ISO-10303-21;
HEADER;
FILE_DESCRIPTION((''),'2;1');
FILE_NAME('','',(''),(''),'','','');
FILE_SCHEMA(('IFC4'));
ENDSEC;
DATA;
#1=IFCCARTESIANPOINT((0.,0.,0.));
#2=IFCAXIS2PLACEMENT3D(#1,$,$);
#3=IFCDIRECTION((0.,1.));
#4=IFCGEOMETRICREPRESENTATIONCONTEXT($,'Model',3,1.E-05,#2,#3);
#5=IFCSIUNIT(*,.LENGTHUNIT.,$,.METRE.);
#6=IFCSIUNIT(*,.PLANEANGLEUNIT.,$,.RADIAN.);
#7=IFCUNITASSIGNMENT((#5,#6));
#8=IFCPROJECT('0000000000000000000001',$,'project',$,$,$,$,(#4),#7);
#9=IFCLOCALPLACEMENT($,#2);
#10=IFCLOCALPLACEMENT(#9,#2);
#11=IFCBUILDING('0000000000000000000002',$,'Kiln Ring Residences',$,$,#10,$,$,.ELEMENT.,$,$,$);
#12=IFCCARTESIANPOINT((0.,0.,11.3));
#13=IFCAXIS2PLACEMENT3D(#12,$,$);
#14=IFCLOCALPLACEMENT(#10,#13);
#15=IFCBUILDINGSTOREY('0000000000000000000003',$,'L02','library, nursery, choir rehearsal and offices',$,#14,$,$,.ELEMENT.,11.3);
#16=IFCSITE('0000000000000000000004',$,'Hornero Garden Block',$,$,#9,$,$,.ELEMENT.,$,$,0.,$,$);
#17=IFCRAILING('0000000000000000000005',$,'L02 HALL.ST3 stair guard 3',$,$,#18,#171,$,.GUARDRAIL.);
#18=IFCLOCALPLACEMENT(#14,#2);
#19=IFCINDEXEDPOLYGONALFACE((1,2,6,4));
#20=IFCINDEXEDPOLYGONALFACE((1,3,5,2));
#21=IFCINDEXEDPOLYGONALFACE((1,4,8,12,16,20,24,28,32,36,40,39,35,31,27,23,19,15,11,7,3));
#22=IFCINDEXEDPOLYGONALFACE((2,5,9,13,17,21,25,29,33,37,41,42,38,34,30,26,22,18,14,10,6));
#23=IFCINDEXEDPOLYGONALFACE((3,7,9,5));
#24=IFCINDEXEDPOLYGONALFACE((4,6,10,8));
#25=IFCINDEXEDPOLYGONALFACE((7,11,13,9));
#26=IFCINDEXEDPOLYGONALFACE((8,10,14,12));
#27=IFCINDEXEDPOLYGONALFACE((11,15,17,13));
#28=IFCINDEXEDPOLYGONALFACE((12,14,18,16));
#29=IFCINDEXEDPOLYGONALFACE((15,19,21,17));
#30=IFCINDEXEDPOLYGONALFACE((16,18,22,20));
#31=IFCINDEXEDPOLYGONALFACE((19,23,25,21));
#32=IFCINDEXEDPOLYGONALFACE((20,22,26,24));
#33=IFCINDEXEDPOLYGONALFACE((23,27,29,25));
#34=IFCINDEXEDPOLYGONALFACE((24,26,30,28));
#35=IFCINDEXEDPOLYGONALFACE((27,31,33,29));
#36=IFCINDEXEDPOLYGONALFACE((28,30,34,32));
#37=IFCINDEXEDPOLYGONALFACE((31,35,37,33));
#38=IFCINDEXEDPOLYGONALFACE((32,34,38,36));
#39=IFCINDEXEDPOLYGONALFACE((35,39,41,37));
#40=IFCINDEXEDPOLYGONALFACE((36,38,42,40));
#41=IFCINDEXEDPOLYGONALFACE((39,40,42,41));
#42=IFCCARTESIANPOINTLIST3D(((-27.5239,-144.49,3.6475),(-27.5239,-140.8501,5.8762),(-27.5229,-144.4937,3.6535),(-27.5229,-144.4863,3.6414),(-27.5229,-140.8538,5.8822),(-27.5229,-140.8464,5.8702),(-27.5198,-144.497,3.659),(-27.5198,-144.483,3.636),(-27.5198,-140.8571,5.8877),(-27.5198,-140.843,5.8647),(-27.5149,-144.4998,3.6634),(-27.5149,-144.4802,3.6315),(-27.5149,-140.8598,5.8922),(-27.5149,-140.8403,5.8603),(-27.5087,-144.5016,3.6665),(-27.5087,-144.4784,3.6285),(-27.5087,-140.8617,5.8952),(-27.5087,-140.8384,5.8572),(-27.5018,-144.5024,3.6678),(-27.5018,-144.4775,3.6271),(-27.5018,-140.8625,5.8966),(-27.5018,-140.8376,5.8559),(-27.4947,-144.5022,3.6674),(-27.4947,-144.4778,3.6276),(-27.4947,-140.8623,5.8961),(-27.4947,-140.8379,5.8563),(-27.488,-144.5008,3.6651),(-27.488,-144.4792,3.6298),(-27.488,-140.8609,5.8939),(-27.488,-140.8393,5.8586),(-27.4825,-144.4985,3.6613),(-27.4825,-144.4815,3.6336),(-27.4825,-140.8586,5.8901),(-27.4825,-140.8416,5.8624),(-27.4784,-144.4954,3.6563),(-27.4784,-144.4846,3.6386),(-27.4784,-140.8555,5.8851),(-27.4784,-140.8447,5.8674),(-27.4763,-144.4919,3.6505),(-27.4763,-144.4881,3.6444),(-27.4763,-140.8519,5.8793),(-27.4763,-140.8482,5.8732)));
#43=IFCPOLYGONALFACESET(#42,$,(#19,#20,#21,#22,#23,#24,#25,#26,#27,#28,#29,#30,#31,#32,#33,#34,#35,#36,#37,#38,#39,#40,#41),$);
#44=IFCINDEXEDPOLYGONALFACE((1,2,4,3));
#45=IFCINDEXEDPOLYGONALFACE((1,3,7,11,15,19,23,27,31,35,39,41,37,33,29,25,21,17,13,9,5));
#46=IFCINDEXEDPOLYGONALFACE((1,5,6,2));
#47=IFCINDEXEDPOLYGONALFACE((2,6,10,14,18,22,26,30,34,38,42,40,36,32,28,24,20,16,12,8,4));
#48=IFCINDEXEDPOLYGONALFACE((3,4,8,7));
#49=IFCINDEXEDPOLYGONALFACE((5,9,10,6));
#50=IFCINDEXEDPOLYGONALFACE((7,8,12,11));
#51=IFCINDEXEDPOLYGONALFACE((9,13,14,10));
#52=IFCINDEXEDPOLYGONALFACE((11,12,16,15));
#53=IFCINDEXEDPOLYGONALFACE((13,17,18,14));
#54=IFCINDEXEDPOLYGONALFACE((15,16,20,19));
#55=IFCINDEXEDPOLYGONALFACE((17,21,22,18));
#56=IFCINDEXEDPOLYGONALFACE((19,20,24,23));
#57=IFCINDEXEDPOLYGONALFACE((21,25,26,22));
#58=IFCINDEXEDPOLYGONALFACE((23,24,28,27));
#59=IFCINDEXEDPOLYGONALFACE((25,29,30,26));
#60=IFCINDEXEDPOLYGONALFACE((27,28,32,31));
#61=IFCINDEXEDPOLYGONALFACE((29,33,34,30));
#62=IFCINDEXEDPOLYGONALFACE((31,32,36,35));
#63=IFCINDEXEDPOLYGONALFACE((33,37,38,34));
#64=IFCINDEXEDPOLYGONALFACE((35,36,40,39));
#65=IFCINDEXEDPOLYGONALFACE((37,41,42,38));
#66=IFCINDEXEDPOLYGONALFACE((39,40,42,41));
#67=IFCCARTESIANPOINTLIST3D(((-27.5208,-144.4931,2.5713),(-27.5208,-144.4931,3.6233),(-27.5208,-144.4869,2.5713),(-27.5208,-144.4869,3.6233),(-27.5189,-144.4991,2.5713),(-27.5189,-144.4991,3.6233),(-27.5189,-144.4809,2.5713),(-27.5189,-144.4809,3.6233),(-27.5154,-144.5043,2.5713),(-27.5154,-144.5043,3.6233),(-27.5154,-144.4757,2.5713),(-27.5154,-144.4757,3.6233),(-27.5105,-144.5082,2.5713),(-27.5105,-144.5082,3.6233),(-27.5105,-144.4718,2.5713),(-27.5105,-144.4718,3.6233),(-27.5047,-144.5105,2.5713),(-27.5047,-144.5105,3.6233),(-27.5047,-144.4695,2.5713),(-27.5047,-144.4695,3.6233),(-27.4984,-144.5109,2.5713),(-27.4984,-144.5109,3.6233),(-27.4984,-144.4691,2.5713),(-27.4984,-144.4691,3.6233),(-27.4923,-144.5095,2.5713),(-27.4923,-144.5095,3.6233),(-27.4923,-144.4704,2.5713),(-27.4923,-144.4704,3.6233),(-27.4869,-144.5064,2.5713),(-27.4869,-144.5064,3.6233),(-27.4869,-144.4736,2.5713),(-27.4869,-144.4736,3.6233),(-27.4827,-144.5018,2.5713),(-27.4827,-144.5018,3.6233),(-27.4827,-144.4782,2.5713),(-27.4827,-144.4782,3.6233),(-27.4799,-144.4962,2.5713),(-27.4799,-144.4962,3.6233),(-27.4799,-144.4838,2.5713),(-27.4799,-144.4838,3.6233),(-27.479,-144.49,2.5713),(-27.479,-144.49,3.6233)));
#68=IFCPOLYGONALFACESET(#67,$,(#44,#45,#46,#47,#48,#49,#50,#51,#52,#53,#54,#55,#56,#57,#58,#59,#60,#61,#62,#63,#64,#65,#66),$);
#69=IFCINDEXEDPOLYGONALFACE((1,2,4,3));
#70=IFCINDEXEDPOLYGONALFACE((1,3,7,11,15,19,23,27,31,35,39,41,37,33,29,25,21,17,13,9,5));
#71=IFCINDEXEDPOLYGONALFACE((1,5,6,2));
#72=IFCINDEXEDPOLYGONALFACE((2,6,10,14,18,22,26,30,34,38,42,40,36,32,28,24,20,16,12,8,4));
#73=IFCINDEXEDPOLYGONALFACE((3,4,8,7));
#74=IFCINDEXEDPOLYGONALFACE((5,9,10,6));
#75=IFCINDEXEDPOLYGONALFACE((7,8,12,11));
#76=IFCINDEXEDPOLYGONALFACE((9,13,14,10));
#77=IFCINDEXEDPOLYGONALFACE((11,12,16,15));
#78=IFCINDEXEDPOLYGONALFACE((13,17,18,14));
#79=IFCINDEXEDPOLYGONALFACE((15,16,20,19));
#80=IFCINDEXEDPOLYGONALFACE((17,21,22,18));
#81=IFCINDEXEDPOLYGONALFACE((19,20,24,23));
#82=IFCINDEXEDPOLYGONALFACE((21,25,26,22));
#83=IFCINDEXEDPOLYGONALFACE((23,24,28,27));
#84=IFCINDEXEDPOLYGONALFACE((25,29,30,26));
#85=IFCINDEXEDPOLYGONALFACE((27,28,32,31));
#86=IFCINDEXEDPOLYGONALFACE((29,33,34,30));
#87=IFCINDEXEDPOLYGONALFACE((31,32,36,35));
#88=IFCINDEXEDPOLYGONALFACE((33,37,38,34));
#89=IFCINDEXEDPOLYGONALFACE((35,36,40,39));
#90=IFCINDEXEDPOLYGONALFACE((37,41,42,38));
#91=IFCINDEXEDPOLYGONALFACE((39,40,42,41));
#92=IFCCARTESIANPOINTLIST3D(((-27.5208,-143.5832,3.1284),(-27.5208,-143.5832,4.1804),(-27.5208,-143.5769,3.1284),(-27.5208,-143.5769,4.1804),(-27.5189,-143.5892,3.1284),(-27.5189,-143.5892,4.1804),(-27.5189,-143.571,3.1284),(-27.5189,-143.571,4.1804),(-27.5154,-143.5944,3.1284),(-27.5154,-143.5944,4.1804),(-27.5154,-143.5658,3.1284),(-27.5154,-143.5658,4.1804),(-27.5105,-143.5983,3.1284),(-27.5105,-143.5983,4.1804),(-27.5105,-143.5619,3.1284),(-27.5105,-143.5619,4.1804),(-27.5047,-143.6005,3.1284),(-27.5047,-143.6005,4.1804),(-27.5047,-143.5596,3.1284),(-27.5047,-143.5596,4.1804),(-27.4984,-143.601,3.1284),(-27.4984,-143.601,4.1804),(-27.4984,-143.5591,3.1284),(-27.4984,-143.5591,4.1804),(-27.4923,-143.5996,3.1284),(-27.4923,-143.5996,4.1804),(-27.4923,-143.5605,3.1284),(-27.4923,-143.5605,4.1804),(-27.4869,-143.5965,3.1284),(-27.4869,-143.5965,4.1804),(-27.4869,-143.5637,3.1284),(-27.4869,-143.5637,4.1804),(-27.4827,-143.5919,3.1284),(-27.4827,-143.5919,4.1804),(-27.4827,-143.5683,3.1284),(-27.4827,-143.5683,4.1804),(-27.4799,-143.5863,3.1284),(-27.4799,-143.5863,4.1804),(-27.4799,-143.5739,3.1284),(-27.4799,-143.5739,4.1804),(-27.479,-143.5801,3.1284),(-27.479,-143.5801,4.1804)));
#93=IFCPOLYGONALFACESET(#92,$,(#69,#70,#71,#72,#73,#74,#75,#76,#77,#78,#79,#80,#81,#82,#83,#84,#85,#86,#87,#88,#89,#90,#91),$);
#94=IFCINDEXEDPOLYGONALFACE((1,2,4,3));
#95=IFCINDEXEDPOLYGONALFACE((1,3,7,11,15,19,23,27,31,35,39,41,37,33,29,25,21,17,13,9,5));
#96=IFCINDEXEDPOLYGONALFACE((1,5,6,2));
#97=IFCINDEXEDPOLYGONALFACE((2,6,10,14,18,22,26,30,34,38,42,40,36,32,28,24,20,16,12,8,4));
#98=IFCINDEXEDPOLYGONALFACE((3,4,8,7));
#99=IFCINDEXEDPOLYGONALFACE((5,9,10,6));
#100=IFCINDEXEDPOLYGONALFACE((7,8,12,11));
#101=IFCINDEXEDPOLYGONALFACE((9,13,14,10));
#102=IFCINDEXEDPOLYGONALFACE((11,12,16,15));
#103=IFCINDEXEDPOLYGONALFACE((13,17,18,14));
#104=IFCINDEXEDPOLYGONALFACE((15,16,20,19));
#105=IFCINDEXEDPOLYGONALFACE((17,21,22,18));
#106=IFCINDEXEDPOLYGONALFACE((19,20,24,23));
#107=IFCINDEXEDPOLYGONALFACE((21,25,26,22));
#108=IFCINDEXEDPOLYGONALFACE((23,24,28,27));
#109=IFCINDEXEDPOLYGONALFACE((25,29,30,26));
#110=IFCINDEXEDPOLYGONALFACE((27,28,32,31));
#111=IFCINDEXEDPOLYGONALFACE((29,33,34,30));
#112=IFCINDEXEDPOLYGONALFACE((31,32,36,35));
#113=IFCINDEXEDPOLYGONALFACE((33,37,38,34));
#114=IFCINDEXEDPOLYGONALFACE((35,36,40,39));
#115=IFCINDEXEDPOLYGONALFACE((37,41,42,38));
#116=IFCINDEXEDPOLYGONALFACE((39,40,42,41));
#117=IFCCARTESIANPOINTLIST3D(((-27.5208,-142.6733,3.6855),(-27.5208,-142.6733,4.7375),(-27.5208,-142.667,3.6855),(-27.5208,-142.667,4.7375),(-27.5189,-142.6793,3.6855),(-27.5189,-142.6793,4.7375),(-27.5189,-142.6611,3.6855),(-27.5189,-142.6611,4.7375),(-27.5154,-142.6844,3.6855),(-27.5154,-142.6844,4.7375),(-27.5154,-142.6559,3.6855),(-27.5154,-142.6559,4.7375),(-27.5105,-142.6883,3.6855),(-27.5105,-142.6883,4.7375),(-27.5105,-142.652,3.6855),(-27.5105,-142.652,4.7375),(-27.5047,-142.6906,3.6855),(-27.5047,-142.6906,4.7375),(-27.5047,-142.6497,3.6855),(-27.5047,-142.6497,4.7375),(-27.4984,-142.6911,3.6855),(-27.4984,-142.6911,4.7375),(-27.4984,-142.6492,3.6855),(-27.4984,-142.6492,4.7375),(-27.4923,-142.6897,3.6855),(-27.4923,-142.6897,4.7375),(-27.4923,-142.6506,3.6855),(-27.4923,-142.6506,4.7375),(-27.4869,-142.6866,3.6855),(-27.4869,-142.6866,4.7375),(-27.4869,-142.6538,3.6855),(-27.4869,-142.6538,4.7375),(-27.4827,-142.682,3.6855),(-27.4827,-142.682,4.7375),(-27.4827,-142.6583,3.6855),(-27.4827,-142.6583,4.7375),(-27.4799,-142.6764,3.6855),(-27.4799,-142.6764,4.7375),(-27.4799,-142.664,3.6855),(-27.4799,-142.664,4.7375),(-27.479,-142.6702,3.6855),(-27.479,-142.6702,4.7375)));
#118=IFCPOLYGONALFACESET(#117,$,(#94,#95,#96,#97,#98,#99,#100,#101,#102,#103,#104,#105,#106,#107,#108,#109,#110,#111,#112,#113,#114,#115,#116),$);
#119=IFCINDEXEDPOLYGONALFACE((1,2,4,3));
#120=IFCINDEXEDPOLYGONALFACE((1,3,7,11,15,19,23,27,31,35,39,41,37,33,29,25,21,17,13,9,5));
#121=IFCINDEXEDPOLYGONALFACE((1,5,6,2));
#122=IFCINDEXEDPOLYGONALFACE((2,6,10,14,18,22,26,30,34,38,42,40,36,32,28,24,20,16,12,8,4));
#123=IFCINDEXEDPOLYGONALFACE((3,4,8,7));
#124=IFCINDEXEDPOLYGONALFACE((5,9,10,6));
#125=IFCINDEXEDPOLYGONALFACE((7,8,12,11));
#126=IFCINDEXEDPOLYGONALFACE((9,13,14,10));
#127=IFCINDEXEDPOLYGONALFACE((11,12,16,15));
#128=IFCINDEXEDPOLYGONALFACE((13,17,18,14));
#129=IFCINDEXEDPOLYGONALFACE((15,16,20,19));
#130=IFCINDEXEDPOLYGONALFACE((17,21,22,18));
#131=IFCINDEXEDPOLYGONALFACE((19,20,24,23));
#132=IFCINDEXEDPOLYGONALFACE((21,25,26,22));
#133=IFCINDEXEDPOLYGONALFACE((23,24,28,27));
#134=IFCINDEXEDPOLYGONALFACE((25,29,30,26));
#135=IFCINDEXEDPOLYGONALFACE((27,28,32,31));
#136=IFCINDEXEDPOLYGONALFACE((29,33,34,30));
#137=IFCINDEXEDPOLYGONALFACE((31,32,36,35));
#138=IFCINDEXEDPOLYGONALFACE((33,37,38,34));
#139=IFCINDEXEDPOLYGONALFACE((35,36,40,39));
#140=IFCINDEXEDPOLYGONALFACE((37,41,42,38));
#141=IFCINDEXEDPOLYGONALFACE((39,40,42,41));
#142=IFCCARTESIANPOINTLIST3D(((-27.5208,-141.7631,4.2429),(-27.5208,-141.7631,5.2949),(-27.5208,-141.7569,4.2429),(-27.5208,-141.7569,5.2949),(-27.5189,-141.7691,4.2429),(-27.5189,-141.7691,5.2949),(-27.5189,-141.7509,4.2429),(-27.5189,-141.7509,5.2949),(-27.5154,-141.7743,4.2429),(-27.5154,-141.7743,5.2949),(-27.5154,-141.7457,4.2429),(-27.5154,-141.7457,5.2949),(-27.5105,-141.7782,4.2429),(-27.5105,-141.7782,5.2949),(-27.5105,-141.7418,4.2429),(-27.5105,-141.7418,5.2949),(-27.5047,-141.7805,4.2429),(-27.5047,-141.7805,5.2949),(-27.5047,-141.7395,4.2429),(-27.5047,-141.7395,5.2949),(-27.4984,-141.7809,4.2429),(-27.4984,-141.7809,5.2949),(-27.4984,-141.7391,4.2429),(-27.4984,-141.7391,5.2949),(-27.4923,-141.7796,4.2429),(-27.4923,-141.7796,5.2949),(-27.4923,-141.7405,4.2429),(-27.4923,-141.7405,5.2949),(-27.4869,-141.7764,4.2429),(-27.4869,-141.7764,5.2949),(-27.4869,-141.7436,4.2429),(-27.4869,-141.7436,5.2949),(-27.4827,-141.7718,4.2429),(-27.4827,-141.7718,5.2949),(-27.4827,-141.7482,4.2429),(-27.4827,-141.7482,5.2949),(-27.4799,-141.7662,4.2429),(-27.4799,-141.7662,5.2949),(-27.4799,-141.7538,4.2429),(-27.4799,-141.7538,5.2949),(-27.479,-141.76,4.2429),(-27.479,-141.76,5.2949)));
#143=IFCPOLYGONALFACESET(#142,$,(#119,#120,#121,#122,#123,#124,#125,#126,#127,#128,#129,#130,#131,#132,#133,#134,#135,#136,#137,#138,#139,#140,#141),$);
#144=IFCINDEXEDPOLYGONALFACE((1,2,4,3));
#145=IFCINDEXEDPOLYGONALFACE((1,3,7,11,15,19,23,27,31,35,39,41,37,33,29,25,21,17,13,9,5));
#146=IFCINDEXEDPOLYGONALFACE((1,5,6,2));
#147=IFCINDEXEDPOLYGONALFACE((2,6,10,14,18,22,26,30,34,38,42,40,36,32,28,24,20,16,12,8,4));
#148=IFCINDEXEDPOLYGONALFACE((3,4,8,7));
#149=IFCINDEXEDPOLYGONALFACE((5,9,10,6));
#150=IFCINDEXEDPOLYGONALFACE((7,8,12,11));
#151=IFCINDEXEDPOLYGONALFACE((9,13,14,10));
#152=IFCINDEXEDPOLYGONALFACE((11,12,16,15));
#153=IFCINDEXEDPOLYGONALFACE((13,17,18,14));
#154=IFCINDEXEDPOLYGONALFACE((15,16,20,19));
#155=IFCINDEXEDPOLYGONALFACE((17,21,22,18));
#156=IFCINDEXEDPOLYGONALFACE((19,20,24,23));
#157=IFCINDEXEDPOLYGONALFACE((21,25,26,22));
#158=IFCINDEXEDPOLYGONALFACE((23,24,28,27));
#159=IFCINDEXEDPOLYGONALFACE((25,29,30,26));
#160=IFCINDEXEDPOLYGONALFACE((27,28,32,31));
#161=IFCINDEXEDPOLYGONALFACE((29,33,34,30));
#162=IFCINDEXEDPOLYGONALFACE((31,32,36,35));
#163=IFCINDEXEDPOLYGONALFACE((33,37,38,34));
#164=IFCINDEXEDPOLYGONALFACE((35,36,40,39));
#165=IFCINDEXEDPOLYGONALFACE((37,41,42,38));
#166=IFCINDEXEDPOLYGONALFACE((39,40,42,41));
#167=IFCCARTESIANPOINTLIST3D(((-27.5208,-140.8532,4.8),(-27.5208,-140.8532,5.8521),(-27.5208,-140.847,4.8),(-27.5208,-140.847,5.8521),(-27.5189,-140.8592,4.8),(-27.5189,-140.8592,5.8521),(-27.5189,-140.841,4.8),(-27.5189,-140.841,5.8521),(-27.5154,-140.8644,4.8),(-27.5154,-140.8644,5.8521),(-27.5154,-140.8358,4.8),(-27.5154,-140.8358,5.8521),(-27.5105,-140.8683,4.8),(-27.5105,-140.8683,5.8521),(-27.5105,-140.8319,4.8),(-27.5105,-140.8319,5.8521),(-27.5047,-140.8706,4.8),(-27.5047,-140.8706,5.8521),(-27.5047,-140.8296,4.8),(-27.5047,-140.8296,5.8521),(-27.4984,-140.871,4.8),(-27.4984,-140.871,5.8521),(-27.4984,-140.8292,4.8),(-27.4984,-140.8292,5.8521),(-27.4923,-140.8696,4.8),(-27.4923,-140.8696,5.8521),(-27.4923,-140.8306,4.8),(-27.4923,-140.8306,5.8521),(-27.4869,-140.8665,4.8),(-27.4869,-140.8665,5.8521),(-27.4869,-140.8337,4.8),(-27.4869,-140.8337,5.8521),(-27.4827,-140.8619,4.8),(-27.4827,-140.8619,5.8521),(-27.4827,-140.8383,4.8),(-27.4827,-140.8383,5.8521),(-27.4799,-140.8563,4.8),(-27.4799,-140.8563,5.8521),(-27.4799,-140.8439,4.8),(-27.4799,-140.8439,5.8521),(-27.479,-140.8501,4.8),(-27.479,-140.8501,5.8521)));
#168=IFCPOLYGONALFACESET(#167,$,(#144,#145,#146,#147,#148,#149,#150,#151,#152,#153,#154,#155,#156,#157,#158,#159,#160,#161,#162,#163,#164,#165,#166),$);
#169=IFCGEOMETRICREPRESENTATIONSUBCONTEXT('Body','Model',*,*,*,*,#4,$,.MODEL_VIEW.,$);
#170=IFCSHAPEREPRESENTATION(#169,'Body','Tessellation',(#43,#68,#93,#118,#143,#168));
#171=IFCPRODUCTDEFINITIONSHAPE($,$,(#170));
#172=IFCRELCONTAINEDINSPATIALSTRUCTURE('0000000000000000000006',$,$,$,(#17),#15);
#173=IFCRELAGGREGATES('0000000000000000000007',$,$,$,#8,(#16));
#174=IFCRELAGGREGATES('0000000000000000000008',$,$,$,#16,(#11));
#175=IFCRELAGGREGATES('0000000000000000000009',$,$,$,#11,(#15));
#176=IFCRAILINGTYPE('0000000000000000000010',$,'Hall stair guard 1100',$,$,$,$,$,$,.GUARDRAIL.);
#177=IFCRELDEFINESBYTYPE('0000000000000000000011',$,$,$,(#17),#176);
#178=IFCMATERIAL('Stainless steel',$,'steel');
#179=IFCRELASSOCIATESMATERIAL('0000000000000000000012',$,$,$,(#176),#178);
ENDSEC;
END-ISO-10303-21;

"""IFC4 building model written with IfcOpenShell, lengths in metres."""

from ifc_helpers import new_model, si_unit, direction, frame, origin, origin_2d, place, context, subcontext, project, spatial, circle, extrude, material, type_object, element, save


model = new_model("IFC4")

# Units and contexts
model_context = context("Model", 3, precision=1e-05, world=origin(), true_north=direction((0.0, 1.0)))
body_context = subcontext(model_context, "Body", "Model", "MODEL_VIEW")
ifc_project = project(units=[si_unit("LENGTHUNIT", "METRE"), si_unit("PLANEANGLEUNIT", "RADIAN")], contexts=[model_context])

# Site, building, storey
site_placement = place(None, origin())
site = spatial("IfcSite", under=ifc_project, at=site_placement, Name="Hornero Garden Block", CompositionType="ELEMENT", RefElevation=0.0)
building_placement = place(site_placement, origin())
building = spatial("IfcBuilding", under=site, at=building_placement, Name="Kiln Ring Residences", CompositionType="ELEMENT")
storey_placement = place(building_placement, frame((0.0, 0.0, 11.3)))
storey = spatial("IfcBuildingStorey", under=building, at=storey_placement, Name="L02", Description="library, nursery, choir rehearsal and offices", CompositionType="ELEMENT", Elevation=11.3)

# Railing
ifc_material_1 = material(Name="Stainless steel", Category="steel")
railing_type_1 = type_object("IfcRailingType", Name="Hall stair guard 1100", PredefinedType="GUARDRAIL", material=ifc_material_1)
railing_1_placement = place(storey_placement, frame((-27.5, -144.49, 2.5713)))
element("IfcRailing", 1, at=railing_1_placement, inside=storey, type_object=railing_type_1, Name="L02 HALL.ST3 stair guard 3", PredefinedType="GUARDRAIL", context=body_context, shape_type="SweptSolid", body=[
    extrude(circle(Radius=0.0239, at=origin_2d()), frame((0.0, 0.0, 1.0762), z_axis=(0.0, 0.852825, 0.522197), x_axis=(-1.0, 0.0, 0.0)), (0.0, 0.0, 1.0), 4.2681),
    extrude(circle(Radius=0.021, at=origin_2d()), origin(), (0.0, 0.0, 1.0), 1.052),
    extrude(circle(Radius=0.021, at=origin_2d()), frame((0.0, 0.9099, 0.5571)), (0.0, 0.0, 1.0), 1.052),
    extrude(circle(Radius=0.021, at=origin_2d()), frame((0.0, 1.8198, 1.1143)), (0.0, 0.0, 1.0), 1.052),
    extrude(circle(Radius=0.021, at=origin_2d()), frame((0.0, 2.73, 1.6716)), (0.0, 0.0, 1.0), 1.052),
    extrude(circle(Radius=0.021, at=origin_2d()), frame((0.0, 3.6399, 2.2288)), (0.0, 0.0, 1.0), 1.052),
])

save(model, "model.ifc")
